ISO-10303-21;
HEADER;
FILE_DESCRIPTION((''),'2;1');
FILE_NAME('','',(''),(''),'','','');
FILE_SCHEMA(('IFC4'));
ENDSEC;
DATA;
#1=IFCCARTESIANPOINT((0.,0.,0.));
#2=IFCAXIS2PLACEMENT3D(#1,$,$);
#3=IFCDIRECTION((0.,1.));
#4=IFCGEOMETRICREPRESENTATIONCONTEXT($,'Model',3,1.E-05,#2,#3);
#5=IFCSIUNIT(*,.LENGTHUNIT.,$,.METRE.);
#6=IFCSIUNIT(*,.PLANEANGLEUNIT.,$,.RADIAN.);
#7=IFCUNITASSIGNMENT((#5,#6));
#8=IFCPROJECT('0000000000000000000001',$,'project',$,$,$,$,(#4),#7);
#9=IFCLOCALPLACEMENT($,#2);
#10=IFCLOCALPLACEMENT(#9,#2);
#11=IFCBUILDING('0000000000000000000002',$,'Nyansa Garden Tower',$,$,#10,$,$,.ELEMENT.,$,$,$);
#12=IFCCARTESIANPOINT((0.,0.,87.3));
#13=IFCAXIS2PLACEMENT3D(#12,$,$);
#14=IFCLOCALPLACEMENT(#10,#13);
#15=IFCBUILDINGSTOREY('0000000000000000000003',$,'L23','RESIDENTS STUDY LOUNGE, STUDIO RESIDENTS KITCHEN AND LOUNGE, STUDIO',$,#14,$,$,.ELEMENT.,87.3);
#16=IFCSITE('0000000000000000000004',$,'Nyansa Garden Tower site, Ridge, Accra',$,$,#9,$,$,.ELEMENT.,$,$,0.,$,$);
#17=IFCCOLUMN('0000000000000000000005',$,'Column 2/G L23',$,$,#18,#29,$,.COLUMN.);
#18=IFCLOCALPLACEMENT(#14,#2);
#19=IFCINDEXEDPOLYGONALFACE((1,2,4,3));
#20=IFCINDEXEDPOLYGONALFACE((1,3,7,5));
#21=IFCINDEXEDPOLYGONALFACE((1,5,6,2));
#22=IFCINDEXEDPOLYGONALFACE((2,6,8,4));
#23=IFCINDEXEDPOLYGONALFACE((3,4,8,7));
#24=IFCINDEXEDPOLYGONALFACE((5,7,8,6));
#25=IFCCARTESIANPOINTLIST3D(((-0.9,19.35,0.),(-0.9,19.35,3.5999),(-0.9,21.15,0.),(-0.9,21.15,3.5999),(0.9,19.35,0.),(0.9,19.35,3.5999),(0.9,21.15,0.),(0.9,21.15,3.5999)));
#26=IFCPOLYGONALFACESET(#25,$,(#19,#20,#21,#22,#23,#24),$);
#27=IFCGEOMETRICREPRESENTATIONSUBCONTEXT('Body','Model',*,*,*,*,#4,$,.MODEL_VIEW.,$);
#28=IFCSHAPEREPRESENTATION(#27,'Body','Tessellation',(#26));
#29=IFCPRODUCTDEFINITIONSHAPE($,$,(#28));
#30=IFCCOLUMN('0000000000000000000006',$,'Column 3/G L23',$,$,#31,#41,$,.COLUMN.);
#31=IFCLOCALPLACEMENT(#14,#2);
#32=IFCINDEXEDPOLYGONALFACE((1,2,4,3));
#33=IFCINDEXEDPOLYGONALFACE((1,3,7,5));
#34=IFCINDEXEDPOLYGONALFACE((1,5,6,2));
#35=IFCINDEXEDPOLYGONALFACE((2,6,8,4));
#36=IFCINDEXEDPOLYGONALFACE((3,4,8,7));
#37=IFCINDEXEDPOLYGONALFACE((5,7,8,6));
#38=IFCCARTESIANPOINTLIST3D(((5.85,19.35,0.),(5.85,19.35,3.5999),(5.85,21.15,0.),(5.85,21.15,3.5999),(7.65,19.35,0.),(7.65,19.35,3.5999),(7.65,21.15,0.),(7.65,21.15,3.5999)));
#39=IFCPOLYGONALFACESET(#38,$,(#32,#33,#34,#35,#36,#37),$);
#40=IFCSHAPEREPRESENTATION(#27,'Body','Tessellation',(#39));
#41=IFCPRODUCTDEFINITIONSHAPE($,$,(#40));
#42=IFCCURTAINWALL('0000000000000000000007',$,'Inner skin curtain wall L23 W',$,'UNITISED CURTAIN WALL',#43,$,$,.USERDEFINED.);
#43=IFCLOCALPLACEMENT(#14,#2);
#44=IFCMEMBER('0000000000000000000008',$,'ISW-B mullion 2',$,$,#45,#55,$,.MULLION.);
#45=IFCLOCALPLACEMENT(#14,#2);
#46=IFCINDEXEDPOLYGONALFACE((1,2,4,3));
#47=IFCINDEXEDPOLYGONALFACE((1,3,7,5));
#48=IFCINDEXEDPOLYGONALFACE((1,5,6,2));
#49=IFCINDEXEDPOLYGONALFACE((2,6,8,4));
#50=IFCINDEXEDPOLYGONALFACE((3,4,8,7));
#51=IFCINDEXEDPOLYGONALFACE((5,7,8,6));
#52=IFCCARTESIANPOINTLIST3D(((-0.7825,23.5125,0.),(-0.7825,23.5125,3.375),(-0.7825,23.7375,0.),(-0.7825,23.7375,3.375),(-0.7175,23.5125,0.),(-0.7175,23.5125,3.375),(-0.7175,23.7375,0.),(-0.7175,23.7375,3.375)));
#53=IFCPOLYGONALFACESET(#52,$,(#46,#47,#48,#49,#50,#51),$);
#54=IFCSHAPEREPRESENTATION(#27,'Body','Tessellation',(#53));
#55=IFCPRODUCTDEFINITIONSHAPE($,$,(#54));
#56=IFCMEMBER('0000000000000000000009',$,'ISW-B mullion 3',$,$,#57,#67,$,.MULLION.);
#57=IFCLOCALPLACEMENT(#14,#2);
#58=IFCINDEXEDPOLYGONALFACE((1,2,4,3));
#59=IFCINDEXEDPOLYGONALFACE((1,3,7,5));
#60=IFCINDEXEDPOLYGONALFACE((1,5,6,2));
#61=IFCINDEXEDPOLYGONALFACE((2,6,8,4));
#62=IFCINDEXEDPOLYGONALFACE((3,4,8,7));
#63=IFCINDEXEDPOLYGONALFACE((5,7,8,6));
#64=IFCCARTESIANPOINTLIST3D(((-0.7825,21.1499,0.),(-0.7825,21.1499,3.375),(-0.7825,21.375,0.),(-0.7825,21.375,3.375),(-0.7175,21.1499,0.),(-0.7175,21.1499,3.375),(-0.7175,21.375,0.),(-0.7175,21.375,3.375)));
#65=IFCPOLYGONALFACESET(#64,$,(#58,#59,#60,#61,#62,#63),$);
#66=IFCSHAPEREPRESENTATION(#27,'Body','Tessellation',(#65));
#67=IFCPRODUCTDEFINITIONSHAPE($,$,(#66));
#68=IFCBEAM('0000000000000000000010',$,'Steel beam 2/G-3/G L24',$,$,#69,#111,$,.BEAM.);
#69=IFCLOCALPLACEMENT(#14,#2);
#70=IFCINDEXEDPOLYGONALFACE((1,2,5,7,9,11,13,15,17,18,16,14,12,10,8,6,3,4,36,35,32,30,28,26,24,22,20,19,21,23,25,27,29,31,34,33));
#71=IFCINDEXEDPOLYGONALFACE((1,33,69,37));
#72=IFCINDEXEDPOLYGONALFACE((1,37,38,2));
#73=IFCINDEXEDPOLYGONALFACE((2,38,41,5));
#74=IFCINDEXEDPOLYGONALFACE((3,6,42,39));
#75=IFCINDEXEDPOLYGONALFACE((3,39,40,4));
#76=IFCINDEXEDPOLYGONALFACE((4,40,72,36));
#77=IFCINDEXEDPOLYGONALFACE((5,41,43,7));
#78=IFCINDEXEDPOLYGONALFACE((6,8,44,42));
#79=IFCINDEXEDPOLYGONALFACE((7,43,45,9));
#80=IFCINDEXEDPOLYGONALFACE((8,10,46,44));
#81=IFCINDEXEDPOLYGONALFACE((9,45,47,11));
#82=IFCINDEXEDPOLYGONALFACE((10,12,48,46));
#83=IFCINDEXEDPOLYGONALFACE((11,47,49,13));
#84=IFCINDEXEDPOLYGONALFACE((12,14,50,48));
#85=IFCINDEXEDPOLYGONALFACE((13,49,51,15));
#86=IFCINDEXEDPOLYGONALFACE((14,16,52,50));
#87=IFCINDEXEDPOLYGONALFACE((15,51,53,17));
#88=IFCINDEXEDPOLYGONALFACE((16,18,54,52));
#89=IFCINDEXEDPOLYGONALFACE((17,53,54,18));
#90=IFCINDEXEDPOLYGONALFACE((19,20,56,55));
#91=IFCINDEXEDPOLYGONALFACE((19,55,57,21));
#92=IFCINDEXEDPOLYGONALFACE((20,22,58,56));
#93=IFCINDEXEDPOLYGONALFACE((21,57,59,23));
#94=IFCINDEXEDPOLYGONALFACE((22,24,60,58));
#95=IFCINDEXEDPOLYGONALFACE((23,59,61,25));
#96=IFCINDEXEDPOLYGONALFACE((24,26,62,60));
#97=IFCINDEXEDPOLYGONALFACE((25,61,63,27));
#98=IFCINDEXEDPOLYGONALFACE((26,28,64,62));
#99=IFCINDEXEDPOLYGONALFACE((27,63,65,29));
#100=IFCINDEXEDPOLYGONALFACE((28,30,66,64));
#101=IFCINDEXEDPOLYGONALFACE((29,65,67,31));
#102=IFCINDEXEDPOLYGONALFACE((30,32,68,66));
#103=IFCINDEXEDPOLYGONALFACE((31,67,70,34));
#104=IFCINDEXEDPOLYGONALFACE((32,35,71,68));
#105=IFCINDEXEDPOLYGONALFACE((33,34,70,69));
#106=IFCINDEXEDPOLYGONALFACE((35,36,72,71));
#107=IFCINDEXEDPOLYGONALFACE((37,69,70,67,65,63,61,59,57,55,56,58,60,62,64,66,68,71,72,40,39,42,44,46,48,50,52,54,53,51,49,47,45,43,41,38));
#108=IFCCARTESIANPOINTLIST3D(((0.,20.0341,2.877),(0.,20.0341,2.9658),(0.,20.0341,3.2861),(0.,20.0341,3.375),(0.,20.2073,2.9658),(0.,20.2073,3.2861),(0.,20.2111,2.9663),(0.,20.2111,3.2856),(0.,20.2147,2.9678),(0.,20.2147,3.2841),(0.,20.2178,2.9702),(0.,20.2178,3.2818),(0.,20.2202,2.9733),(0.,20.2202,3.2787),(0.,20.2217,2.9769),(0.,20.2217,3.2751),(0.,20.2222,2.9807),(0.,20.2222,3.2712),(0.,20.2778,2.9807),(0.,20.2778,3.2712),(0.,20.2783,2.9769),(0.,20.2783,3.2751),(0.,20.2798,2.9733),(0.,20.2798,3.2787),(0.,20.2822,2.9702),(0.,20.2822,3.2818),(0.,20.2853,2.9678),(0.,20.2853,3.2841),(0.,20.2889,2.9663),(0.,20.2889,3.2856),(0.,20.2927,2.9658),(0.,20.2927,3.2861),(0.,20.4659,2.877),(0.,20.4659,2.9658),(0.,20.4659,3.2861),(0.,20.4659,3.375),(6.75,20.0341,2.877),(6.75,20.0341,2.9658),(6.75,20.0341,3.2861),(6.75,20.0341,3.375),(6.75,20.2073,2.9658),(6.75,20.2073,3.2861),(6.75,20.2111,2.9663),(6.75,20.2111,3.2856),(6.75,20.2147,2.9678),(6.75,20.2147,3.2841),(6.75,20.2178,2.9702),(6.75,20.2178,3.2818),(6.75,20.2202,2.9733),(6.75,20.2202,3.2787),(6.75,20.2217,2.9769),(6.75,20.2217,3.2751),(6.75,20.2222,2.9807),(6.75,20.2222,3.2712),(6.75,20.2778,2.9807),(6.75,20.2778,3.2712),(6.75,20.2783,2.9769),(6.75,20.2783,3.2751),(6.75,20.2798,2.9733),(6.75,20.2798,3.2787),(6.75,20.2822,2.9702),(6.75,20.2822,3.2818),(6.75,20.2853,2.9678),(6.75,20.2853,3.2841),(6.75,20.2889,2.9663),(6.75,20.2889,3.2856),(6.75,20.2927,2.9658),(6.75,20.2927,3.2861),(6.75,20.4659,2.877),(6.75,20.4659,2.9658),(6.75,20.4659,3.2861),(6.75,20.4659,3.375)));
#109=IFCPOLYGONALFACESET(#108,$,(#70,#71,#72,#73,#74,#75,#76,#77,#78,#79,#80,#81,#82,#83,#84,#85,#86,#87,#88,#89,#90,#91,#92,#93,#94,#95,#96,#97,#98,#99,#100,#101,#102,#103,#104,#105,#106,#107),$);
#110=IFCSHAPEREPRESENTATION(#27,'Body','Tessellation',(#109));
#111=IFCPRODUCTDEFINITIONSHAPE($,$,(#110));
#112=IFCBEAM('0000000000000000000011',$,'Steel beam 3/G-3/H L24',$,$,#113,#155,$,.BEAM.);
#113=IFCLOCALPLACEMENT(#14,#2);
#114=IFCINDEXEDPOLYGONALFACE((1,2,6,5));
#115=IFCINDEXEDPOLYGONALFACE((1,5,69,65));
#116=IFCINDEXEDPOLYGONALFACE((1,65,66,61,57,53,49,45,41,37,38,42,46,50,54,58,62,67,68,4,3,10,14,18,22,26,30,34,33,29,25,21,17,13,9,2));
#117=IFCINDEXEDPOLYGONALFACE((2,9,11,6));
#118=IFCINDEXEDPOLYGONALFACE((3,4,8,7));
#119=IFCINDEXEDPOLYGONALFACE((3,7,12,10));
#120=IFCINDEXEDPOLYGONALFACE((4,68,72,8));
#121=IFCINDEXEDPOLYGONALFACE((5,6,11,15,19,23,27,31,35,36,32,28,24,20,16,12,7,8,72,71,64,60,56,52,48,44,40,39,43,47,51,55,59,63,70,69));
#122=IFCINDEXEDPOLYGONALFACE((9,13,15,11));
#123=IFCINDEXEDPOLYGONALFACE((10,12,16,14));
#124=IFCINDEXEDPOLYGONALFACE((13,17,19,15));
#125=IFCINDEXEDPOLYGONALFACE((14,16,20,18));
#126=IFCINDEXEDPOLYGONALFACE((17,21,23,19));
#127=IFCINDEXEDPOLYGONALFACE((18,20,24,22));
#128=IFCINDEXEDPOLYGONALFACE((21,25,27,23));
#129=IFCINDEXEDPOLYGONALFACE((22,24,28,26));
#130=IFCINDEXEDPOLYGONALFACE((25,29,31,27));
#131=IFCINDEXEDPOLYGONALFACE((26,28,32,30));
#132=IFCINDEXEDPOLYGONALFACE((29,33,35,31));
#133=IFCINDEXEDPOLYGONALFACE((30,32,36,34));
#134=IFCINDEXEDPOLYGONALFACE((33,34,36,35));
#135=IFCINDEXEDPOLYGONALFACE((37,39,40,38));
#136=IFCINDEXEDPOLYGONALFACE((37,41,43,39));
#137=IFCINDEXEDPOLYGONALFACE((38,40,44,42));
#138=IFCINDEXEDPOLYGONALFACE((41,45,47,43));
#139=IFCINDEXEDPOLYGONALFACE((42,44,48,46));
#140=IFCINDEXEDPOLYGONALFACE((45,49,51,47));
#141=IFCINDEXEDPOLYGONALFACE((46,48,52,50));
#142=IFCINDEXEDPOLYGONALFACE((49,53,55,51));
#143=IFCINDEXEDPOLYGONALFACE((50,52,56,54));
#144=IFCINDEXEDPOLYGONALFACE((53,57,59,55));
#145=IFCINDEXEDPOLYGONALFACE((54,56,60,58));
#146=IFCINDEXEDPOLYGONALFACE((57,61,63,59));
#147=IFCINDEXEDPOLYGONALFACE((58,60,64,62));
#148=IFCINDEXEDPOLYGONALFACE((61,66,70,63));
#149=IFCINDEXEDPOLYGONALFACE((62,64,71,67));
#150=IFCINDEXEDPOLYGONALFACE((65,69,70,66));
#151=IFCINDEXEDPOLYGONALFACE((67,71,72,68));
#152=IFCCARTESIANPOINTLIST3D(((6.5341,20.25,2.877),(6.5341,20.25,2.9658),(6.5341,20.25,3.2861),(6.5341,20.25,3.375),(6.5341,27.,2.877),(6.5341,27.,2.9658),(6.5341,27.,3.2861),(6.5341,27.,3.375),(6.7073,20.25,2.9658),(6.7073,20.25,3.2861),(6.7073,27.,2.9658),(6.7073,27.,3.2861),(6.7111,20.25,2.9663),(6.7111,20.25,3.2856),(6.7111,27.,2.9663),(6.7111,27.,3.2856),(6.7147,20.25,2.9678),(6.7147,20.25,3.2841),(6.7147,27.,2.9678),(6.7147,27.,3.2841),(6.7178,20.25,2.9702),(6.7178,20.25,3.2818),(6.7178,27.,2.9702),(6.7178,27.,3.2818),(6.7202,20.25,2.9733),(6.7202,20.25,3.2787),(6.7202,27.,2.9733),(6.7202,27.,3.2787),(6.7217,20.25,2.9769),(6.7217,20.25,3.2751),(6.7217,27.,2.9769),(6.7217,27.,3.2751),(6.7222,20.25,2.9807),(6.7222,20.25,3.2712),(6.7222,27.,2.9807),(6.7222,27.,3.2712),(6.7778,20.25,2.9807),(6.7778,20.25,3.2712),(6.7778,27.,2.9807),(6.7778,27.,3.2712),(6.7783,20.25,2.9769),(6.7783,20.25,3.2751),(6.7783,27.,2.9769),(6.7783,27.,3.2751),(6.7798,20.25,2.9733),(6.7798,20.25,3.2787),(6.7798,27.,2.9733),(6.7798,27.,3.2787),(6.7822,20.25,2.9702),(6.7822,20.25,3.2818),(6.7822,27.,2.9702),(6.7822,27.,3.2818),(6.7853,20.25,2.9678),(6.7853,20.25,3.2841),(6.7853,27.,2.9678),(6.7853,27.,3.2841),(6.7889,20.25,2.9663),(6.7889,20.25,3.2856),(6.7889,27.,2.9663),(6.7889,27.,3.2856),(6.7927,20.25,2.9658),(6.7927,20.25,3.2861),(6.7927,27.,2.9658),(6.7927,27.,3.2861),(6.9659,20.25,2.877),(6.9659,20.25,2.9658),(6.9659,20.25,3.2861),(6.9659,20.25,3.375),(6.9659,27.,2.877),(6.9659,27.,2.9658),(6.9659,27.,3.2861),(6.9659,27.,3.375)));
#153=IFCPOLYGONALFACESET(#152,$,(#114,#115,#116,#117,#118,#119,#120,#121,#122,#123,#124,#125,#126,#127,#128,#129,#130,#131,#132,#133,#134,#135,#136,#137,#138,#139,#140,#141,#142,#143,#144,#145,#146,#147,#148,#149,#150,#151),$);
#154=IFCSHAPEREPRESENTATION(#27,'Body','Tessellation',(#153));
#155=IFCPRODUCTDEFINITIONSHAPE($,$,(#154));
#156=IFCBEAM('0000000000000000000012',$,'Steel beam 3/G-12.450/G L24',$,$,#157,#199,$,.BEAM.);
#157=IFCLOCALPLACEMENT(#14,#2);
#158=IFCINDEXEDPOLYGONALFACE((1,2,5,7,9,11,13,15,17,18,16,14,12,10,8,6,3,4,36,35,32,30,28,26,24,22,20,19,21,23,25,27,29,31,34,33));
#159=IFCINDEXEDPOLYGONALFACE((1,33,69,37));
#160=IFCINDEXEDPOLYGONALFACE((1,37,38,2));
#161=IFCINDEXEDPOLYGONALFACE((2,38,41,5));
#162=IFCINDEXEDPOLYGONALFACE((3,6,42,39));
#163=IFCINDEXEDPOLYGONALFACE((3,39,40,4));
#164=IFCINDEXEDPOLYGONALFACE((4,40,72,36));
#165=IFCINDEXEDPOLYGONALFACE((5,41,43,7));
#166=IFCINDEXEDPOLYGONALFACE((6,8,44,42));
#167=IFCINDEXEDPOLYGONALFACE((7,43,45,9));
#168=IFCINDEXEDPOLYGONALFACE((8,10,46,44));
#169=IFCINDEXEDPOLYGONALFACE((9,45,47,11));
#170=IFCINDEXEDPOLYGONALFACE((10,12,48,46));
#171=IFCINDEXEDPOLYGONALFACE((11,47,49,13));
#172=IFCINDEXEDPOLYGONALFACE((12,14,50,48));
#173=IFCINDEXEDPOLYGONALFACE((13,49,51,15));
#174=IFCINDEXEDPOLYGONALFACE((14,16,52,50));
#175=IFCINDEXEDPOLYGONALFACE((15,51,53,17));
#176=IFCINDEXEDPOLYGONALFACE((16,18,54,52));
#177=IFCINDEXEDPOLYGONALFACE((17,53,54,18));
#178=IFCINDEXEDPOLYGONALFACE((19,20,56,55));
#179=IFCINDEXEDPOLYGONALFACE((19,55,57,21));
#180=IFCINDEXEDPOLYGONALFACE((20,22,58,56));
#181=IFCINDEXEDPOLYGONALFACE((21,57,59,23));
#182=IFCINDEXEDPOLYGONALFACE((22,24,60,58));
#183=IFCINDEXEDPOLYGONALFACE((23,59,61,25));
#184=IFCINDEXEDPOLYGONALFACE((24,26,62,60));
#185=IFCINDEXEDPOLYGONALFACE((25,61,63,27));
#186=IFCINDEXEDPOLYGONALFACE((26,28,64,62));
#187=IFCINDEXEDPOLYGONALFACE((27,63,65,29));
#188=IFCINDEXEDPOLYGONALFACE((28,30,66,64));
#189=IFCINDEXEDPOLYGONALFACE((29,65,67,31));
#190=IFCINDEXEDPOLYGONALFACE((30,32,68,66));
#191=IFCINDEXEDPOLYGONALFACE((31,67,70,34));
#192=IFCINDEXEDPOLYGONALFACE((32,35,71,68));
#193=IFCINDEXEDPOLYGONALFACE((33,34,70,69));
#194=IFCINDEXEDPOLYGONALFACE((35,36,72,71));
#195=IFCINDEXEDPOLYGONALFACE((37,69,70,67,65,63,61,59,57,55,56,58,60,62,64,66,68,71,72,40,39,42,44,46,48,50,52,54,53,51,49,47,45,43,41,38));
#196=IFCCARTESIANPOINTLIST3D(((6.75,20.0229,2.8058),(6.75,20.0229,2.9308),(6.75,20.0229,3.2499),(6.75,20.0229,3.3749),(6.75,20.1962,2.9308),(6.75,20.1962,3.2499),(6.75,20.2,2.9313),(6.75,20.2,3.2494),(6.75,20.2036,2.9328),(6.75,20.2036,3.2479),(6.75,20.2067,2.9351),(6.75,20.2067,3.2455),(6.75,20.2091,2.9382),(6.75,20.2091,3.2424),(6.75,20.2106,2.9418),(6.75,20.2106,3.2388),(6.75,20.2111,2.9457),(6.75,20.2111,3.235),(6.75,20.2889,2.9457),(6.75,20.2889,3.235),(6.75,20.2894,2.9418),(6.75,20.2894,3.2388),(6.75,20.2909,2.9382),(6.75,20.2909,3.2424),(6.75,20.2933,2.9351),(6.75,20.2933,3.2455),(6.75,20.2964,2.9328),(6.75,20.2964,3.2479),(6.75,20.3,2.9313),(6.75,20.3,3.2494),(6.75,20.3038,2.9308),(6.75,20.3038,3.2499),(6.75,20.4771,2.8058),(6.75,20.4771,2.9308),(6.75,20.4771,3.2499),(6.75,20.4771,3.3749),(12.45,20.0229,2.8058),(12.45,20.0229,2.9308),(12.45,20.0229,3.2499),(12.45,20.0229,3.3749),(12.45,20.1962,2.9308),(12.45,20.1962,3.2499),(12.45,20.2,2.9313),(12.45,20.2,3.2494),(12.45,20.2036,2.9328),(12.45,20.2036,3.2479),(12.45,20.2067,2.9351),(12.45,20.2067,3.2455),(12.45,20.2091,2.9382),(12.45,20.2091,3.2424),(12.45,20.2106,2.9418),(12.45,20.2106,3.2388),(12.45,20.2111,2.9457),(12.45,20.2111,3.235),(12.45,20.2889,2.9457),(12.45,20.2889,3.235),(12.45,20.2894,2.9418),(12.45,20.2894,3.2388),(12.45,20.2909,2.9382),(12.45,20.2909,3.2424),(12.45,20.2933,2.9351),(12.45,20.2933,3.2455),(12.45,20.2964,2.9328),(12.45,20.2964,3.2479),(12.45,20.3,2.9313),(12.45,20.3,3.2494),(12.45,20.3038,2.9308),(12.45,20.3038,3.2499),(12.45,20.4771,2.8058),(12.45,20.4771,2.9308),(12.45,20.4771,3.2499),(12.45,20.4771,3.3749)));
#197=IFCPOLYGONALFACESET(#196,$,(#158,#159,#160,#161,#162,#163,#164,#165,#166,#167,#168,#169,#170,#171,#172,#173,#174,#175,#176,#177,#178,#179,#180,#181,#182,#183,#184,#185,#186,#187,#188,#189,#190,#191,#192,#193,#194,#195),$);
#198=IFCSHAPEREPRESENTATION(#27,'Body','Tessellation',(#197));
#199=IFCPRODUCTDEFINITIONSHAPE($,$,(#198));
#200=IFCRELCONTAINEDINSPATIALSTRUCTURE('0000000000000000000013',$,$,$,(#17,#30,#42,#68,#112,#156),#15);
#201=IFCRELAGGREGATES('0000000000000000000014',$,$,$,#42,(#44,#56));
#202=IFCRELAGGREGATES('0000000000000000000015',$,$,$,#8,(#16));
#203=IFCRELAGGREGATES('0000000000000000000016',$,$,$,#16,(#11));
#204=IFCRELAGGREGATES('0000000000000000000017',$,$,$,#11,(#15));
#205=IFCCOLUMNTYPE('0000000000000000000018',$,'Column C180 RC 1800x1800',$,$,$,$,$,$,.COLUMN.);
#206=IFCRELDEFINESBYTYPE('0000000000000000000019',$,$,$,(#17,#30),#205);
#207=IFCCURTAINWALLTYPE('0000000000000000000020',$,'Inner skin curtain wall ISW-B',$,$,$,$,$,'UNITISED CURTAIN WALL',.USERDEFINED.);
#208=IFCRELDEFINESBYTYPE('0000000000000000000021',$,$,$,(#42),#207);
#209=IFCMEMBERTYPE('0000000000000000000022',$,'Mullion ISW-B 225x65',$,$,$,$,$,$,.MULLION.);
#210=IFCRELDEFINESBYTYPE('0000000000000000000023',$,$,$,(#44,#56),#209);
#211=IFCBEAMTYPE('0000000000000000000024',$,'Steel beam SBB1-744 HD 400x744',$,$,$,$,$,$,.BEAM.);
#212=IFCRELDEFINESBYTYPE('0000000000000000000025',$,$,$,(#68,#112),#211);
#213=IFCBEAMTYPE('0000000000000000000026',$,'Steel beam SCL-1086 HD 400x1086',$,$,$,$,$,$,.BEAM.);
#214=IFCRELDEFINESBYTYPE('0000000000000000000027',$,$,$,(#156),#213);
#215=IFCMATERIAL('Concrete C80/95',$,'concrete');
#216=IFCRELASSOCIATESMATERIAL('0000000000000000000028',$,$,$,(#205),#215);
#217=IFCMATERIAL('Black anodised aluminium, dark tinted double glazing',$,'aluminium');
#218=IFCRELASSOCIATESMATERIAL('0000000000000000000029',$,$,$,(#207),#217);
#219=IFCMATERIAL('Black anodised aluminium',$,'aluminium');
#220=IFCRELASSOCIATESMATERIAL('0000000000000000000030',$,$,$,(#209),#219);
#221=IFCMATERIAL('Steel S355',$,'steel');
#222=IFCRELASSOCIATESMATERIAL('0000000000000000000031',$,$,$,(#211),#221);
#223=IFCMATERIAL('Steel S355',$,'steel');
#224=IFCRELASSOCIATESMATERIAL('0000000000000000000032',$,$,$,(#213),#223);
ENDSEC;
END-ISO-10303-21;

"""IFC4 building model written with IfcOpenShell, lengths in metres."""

from ifc_helpers import new_model, si_unit, direction, frame, origin, origin_2d, place, context, subcontext, project, spatial, rectangle, i_section, extrude, material, material_profile, profile_set, type_object, element, aggregate, save


model = new_model("IFC4")

# Units and contexts
model_context = context("Model", 3, precision=1e-05, world=origin(), true_north=direction((0.0, 1.0)))
body_context = subcontext(model_context, "Body", "Model", "MODEL_VIEW")
ifc_project = project(units=[si_unit("LENGTHUNIT", "METRE"), si_unit("PLANEANGLEUNIT", "RADIAN")], contexts=[model_context])

# Site, building, storey
site_placement = place(None, origin())
site = spatial("IfcSite", under=ifc_project, at=site_placement, Name="Nyansa Garden Tower site, Ridge, Accra", CompositionType="ELEMENT", RefElevation=0.0)
building_placement = place(site_placement, origin())
building = spatial("IfcBuilding", under=site, at=building_placement, Name="Nyansa Garden Tower", CompositionType="ELEMENT")
storey_placement = place(building_placement, frame((0.0, 0.0, 87.3)))
storey = spatial("IfcBuildingStorey", under=building, at=storey_placement, Name="L23", Description="RESIDENTS STUDY LOUNGE, STUDIO RESIDENTS KITCHEN AND LOUNGE, STUDIO", CompositionType="ELEMENT", Elevation=87.3)

# Columns
ifc_material_1 = material(Name="Concrete C80/95", Category="concrete")
ifc_material_profile_1 = material_profile(ifc_material_1, rectangle(XDim=1.8, YDim=1.8, at=origin_2d()), Name="RC 1800x1800")
ifc_profile_set_1 = profile_set([ifc_material_profile_1], Name="Concrete C80/95")
column_type = type_object("IfcColumnType", Name="Column C180 RC 1800x1800", PredefinedType="COLUMN", material=ifc_profile_set_1)
for number, where, z_axis, x_axis, name in (
    (1, (0.0, 20.25, 0.0), (0.0, 0.0, 1.0), (1.0, 0.0, 0.0), "Column 2/G L23"),
    (2, (6.75, 20.25, 0.0), (0.0, 0.0, 1.0), (1.0, 0.0, 0.0), "Column 3/G L23"),
):
    element("IfcColumn", number, at=place(storey_placement, frame(where, z_axis=z_axis, x_axis=x_axis)), inside=storey, type_object=column_type, Name=name, PredefinedType="COLUMN", context=body_context, shape_type="SweptSolid", body=[
        extrude(rectangle(XDim=1.8, YDim=1.8, at=origin_2d()), origin(), (0.0, 0.0, 1.0), 3.5999),
    ])

# Curtain wall, members
ifc_material_2 = material(Name="Black anodised aluminium, dark tinted double glazing", Category="aluminium")
curtain_wall_type = type_object("IfcCurtainWallType", Name="Inner skin curtain wall ISW-B", ElementType="UNITISED CURTAIN WALL", PredefinedType="USERDEFINED", material=ifc_material_2)
curtain_wall_placement = place(storey_placement, origin())
curtain_wall = element("IfcCurtainWall", 3, at=curtain_wall_placement, inside=storey, type_object=curtain_wall_type, Name="Inner skin curtain wall L23 W", ObjectType="UNITISED CURTAIN WALL", PredefinedType="USERDEFINED")
ifc_material_3 = material(Name="Black anodised aluminium", Category="aluminium")
ifc_material_profile_2 = material_profile(ifc_material_3, rectangle(XDim=0.0649, YDim=0.2251, at=origin_2d()), Name="Mullion 225x65")
ifc_profile_set_2 = profile_set([ifc_material_profile_2], Name="Black anodised aluminium")
member_type_1 = type_object("IfcMemberType", Name="Mullion ISW-B 225x65", PredefinedType="MULLION", material=ifc_profile_set_2)
member_1_placement = place(storey_placement, frame((-0.75, 23.625, 0.0), z_axis=(0.0, 0.0, 1.0), x_axis=(1.0, 0.0, 0.0)))
member_1 = element("IfcMember", 4, at=member_1_placement, type_object=member_type_1, Name="ISW-B mullion 2", PredefinedType="MULLION", context=body_context, shape_type="SweptSolid", body=[
    extrude(rectangle(XDim=0.0649, YDim=0.2251, at=origin_2d()), origin(), (0.0, 0.0, 1.0), 3.375),
])
member_2_placement = place(storey_placement, frame((-0.75, 21.2625, 0.0), z_axis=(0.0, 0.0, 1.0), x_axis=(1.0, 0.0, 0.0)))
member_2 = element("IfcMember", 5, at=member_2_placement, type_object=member_type_1, Name="ISW-B mullion 3", PredefinedType="MULLION", context=body_context, shape_type="SweptSolid", body=[
    extrude(rectangle(XDim=0.0649, YDim=0.2251, at=origin_2d()), origin(), (0.0, 0.0, 1.0), 3.375),
])

# Beams
ifc_material_4 = material(Name="Steel S355", Category="steel")
ifc_material_profile_3 = material_profile(ifc_material_4, i_section(OverallWidth=0.4319, OverallDepth=0.498, WebThickness=0.0557, FlangeThickness=0.0889, FilletRadius=0.0149, at=origin_2d()), Name="HD 400x744")
ifc_profile_set_3 = profile_set([ifc_material_profile_3], Name="Steel S355")
beam_type_1 = type_object("IfcBeamType", Name="Steel beam SBB1-744 HD 400x744", PredefinedType="BEAM", material=ifc_profile_set_3)
for number, where, z_axis, x_axis, name in (
    (6, (0.0, 20.25, 3.126), (1.0, 0.0, 0.0), (0.0, 1.0, 0.0), "Steel beam 2/G-3/G L24"),
    (7, (6.75, 20.25, 3.126), (0.0, 1.0, 0.0), (-1.0, 0.0, 0.0), "Steel beam 3/G-3/H L24"),
):
    element("IfcBeam", number, at=place(storey_placement, frame(where, z_axis=z_axis, x_axis=x_axis)), inside=storey, type_object=beam_type_1, Name=name, PredefinedType="BEAM", context=body_context, shape_type="SweptSolid", body=[
        extrude(i_section(OverallWidth=0.4319, OverallDepth=0.498, WebThickness=0.0557, FlangeThickness=0.0889, FilletRadius=0.0149, at=origin_2d()), origin(), (0.0, 0.0, 1.0), 6.75),
    ])
ifc_material_5 = material(Name="Steel S355", Category="steel")
ifc_material_profile_4 = material_profile(ifc_material_5, i_section(OverallWidth=0.4541, OverallDepth=0.5691, WebThickness=0.0779, FlangeThickness=0.125, FilletRadius=0.0149, at=origin_2d()), Name="HD 400x1086")
ifc_profile_set_4 = profile_set([ifc_material_profile_4], Name="Steel S355")
beam_type_2 = type_object("IfcBeamType", Name="Steel beam SCL-1086 HD 400x1086", PredefinedType="BEAM", material=ifc_profile_set_4)
beam_1_placement = place(storey_placement, frame((6.75, 20.25, 3.0903), z_axis=(1.0, 0.0, 0.0), x_axis=(0.0, 1.0, 0.0)))
element("IfcBeam", 8, at=beam_1_placement, inside=storey, type_object=beam_type_2, Name="Steel beam 3/G-12.450/G L24", PredefinedType="BEAM", context=body_context, shape_type="SweptSolid", body=[
    extrude(i_section(OverallWidth=0.4541, OverallDepth=0.5691, WebThickness=0.0779, FlangeThickness=0.125, FilletRadius=0.0149, at=origin_2d()), origin(), (0.0, 0.0, 1.0), 5.7),
])

aggregate(curtain_wall, [member_1, member_2])

save(model, "model.ifc")
